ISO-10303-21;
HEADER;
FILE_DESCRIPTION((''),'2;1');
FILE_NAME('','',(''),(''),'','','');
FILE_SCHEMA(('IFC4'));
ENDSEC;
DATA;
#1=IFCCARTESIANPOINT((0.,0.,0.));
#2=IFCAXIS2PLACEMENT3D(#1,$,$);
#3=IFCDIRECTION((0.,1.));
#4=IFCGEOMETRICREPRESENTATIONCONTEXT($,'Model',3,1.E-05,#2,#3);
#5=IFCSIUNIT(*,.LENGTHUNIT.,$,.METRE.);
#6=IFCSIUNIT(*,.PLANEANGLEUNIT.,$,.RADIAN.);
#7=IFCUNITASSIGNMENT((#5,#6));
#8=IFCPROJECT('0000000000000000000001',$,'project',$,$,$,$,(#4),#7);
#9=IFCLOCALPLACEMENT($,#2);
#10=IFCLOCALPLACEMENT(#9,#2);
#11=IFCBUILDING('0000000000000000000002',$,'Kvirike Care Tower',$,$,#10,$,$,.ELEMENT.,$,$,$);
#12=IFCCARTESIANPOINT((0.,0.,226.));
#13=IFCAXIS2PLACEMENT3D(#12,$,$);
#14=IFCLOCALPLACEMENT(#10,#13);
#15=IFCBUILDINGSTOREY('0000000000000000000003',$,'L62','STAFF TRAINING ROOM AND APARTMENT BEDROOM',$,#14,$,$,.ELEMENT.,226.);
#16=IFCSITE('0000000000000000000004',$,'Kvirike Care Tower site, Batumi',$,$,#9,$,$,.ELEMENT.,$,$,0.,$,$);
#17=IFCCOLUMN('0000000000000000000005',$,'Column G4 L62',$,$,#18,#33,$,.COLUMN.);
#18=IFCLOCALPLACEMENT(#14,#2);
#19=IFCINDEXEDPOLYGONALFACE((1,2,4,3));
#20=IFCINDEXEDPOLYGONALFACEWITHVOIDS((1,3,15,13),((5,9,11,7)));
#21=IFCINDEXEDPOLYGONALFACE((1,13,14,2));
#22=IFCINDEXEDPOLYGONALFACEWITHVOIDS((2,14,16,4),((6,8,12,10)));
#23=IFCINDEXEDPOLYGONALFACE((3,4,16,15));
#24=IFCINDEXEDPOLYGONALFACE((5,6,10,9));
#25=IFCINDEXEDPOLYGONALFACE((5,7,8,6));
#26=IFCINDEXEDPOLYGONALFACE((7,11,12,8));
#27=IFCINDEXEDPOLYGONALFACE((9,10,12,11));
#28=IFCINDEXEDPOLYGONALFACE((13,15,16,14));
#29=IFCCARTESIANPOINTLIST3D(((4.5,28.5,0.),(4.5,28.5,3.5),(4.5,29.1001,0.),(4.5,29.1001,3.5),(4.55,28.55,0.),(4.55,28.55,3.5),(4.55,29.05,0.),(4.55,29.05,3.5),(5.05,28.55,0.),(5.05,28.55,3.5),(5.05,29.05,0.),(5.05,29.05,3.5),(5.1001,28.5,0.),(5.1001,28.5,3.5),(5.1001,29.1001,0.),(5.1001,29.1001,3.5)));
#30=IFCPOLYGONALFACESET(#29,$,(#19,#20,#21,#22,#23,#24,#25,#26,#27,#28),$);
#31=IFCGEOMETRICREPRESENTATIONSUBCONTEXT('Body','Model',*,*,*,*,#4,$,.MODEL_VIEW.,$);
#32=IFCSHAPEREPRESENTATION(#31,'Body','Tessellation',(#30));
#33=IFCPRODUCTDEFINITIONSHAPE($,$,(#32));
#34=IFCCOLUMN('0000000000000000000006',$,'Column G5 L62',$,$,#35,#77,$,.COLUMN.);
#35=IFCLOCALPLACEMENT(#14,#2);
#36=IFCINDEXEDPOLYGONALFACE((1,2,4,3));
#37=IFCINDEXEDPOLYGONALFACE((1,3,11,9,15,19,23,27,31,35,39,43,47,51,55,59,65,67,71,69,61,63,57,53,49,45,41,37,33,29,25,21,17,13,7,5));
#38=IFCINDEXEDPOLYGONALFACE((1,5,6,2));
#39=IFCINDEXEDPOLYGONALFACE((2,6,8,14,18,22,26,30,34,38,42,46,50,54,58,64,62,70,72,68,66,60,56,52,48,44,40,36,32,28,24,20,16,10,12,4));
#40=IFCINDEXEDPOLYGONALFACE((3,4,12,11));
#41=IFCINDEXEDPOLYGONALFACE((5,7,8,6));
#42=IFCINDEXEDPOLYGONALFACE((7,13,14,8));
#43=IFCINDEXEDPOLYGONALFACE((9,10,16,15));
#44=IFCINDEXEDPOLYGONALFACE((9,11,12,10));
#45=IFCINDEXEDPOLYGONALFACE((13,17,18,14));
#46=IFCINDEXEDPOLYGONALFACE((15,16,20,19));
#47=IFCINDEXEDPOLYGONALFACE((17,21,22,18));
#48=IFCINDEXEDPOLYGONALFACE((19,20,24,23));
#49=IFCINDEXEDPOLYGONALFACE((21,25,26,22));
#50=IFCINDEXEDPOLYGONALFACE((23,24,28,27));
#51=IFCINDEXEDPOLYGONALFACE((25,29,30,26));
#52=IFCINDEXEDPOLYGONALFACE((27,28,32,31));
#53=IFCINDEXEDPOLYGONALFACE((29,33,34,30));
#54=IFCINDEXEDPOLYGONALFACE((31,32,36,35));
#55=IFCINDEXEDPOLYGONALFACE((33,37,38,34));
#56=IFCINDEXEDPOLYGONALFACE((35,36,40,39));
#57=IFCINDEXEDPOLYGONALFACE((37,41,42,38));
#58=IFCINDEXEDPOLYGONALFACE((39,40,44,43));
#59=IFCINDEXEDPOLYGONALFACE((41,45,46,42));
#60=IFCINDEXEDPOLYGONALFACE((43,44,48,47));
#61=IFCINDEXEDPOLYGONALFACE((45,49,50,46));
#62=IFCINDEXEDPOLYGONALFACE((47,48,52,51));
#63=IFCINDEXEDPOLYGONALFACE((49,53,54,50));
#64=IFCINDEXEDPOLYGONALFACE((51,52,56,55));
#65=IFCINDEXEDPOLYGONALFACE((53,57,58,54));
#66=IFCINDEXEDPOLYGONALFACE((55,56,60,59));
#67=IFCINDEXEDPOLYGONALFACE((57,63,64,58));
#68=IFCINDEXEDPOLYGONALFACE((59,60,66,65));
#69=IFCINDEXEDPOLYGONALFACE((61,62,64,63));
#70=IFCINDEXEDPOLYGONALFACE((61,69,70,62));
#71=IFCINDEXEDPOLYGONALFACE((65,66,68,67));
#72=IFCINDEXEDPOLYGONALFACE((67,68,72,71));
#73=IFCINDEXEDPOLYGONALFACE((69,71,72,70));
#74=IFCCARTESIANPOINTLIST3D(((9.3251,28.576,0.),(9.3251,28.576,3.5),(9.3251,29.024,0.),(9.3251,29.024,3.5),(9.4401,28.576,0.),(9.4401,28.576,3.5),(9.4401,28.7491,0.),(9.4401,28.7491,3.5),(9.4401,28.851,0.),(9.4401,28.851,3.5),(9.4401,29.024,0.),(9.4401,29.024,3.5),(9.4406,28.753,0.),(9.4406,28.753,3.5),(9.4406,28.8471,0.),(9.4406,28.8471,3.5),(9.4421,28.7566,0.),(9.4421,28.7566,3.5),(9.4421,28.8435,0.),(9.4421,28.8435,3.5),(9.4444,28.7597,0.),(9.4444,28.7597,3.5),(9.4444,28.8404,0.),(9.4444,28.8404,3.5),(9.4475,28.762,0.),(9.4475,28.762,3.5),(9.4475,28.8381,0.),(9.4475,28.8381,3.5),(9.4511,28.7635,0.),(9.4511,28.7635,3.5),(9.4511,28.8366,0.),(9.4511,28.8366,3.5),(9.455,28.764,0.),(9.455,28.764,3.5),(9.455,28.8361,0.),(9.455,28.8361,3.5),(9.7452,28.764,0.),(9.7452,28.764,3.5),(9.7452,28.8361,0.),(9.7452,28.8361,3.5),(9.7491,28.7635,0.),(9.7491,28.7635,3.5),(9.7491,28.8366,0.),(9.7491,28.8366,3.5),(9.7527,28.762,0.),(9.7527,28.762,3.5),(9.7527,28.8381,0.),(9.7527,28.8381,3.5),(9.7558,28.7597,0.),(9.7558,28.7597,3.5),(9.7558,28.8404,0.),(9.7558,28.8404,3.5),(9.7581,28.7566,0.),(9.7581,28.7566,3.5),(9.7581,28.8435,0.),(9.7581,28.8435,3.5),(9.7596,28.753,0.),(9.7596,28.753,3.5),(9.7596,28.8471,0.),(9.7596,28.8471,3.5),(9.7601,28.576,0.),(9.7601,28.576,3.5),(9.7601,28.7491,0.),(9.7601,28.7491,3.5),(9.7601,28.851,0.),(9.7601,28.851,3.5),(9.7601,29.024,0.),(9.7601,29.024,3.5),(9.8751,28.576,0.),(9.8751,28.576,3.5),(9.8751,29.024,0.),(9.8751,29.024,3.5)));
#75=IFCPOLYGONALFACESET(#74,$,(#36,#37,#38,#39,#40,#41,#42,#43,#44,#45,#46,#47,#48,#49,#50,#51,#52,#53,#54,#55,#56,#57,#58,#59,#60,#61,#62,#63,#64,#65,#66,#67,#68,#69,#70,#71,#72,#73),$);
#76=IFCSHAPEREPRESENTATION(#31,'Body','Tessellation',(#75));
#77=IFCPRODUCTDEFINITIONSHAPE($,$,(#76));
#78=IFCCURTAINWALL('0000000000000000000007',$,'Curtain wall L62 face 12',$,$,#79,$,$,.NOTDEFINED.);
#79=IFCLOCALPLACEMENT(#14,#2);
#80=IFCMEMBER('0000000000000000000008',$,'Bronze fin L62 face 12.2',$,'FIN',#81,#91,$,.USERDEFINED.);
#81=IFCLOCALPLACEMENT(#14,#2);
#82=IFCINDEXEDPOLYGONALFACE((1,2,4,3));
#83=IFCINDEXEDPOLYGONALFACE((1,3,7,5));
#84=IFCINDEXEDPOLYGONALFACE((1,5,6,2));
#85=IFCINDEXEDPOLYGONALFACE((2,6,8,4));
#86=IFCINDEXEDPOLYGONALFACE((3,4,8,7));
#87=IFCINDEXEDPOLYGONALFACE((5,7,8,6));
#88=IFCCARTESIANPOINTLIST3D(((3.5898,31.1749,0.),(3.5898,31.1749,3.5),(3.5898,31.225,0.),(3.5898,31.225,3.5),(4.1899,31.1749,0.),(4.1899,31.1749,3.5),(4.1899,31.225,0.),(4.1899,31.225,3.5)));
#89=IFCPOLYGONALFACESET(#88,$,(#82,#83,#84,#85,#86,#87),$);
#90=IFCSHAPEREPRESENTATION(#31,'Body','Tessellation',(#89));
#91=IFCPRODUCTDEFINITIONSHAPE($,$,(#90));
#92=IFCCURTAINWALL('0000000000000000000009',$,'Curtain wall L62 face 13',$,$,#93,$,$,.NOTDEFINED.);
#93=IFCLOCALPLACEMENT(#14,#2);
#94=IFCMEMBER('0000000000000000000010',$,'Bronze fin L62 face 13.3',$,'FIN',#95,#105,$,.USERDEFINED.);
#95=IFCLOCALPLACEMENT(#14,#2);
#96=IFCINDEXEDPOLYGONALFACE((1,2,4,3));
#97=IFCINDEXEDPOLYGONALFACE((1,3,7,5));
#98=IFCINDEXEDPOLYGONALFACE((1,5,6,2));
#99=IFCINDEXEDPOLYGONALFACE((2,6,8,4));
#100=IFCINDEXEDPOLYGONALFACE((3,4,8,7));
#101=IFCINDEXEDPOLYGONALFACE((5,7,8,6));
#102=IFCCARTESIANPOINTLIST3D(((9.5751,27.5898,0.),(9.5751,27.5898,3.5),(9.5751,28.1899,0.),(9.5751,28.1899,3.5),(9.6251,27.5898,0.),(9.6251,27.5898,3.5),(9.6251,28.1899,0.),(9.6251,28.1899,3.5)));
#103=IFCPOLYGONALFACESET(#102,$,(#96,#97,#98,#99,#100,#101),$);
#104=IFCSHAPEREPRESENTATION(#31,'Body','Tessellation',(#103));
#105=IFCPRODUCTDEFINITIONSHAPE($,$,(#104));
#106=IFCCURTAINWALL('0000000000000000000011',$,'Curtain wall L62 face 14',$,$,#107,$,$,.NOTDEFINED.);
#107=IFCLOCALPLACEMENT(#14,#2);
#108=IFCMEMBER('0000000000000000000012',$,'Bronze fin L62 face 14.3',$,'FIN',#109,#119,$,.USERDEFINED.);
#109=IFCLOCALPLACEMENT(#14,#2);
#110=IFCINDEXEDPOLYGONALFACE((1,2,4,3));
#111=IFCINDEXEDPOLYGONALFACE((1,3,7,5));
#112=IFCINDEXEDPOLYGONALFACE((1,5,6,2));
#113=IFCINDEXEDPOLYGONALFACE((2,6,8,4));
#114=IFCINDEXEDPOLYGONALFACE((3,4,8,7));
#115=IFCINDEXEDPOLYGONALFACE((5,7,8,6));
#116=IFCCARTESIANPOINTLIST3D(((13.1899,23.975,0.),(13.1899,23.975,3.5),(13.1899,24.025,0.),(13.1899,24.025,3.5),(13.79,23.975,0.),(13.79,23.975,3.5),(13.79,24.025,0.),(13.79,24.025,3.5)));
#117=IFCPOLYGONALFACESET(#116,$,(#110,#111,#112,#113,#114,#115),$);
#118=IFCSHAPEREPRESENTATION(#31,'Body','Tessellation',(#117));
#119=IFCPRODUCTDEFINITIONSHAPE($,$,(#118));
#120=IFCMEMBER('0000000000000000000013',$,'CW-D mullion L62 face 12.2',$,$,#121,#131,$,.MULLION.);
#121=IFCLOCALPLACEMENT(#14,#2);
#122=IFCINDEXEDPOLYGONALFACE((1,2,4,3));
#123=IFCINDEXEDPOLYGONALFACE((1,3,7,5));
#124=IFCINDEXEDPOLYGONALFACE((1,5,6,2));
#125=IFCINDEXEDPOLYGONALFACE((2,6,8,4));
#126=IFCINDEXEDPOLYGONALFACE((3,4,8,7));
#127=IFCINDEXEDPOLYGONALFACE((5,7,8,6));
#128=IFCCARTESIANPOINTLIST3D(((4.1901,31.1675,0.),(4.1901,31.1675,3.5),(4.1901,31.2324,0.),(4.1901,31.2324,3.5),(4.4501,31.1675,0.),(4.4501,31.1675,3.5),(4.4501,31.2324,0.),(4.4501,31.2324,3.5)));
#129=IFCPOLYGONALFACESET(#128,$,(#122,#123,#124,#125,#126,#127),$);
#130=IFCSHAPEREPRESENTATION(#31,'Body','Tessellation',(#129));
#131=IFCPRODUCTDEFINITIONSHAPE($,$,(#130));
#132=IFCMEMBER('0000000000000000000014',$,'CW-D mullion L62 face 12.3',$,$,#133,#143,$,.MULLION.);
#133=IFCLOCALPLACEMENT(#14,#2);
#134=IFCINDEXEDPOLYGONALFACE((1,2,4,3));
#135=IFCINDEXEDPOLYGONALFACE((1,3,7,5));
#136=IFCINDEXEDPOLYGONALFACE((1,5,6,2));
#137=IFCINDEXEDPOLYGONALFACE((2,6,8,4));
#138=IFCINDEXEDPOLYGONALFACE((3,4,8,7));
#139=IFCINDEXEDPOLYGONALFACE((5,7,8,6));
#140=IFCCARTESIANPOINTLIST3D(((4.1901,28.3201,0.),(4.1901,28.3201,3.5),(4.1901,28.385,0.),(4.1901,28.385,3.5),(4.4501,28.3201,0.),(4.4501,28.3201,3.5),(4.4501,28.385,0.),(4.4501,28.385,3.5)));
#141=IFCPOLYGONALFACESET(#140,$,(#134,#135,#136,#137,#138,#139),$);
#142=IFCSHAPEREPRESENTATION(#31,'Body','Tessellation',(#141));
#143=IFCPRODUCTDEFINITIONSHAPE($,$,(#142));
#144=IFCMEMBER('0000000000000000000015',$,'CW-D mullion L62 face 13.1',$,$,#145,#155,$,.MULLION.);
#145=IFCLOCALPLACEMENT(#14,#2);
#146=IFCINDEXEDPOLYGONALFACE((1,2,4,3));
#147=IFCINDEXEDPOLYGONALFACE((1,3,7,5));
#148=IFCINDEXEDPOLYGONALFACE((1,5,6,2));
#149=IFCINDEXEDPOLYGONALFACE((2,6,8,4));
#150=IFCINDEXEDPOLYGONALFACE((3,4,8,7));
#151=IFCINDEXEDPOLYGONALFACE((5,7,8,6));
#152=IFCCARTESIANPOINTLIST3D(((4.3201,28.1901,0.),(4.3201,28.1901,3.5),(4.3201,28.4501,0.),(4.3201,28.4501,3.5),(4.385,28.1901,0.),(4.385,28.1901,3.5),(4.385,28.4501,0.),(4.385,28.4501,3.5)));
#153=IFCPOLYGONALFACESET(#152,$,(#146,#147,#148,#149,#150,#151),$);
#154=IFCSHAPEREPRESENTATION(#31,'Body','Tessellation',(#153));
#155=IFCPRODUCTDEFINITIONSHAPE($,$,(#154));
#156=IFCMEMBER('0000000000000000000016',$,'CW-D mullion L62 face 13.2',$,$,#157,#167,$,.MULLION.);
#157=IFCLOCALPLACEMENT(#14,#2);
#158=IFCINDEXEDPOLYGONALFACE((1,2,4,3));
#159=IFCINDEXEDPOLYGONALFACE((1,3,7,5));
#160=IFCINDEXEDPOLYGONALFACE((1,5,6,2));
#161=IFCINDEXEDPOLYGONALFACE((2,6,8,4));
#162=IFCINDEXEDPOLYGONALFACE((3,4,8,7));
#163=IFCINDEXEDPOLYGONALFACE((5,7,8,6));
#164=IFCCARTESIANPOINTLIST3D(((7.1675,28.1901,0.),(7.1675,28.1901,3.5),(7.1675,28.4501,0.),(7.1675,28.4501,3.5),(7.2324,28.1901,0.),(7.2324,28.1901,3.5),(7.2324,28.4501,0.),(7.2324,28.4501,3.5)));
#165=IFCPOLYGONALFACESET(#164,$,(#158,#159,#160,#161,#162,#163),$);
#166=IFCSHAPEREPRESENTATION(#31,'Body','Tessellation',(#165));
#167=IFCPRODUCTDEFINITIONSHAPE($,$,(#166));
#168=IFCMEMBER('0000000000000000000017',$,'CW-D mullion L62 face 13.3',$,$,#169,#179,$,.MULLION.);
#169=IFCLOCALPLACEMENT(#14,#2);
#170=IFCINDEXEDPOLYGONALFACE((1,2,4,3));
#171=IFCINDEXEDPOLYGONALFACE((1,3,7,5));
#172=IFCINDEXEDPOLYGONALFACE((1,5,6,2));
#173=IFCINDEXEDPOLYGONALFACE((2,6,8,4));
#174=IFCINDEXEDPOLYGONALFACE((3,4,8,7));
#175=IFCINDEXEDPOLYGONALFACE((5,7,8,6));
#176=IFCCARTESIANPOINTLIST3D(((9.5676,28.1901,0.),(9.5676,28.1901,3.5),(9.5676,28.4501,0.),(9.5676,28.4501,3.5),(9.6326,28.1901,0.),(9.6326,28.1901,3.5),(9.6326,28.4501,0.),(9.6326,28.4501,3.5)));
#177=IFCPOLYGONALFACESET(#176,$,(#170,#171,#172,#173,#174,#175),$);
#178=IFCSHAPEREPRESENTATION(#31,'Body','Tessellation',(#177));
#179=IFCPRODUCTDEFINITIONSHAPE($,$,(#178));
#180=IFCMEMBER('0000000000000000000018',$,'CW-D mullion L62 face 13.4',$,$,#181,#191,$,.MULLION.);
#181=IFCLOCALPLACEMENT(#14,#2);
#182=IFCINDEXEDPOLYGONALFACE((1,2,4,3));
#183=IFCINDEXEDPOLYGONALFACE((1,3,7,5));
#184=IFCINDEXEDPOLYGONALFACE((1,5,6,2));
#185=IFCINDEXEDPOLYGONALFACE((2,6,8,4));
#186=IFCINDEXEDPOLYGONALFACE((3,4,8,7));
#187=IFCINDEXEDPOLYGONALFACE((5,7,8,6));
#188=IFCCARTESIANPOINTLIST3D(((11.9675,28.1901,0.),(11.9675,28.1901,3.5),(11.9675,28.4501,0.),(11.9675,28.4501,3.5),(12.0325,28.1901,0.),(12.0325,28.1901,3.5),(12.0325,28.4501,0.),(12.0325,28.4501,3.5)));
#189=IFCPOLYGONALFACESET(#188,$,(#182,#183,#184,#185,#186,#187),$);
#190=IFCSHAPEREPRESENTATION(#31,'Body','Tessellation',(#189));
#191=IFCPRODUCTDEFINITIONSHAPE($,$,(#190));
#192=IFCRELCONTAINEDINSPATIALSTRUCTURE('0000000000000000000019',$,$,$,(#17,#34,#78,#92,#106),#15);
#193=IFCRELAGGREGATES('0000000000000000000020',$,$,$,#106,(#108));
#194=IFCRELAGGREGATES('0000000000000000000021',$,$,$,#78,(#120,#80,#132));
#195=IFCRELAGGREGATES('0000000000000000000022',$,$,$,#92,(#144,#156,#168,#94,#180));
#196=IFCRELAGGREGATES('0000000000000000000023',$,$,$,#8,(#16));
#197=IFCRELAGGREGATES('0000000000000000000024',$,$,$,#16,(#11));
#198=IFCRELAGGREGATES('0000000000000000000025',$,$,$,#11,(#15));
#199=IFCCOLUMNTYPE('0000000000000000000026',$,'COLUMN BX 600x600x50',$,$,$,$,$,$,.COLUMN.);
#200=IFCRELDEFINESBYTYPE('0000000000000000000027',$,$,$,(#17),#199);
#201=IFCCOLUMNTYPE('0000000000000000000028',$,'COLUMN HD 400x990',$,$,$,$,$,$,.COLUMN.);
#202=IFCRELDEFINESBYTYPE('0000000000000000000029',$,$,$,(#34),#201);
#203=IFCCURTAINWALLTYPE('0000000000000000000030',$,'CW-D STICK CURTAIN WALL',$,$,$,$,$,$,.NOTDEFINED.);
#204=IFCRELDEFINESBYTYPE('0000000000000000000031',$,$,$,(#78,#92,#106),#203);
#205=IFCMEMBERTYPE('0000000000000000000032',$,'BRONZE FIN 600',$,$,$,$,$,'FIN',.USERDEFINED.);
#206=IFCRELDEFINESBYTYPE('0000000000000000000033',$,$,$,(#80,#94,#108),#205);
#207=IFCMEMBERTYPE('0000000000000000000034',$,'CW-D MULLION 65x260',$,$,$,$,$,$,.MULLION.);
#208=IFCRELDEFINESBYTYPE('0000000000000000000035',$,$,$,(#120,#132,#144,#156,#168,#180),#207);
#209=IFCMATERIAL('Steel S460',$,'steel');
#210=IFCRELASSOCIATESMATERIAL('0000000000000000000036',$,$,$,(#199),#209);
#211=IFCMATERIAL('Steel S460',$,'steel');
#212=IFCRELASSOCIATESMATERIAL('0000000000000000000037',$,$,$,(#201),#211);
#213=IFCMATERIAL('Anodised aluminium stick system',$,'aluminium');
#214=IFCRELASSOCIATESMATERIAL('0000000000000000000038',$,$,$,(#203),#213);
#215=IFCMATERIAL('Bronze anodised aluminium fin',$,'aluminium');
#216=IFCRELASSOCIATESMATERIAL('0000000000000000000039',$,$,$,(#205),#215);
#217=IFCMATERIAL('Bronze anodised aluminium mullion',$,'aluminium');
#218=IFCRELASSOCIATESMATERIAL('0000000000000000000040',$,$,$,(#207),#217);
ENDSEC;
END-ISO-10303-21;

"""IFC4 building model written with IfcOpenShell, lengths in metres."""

from ifc_helpers import new_model, si_unit, direction, frame, origin, origin_2d, place, context, subcontext, project, spatial, rectangle, hollow_rectangle, i_section, extrude, material, material_profile, profile_set, type_object, element, aggregate, save


model = new_model("IFC4")

# Units and contexts
model_context = context("Model", 3, precision=1e-05, world=origin(), true_north=direction((0.0, 1.0)))
body_context = subcontext(model_context, "Body", "Model", "MODEL_VIEW")
ifc_project = project(units=[si_unit("LENGTHUNIT", "METRE"), si_unit("PLANEANGLEUNIT", "RADIAN")], contexts=[model_context])

# Site, building, storey
site_placement = place(None, origin())
site = spatial("IfcSite", under=ifc_project, at=site_placement, Name="Kvirike Care Tower site, Batumi", CompositionType="ELEMENT", RefElevation=0.0)
building_placement = place(site_placement, origin())
building = spatial("IfcBuilding", under=site, at=building_placement, Name="Kvirike Care Tower", CompositionType="ELEMENT")
storey_placement = place(building_placement, frame((0.0, 0.0, 226.0)))
storey = spatial("IfcBuildingStorey", under=building, at=storey_placement, Name="L62", Description="STAFF TRAINING ROOM AND APARTMENT BEDROOM", CompositionType="ELEMENT", Elevation=226.0)

# Columns
ifc_material_1 = material(Name="Steel S460", Category="steel")
ifc_material_profile_1 = material_profile(ifc_material_1, hollow_rectangle(XDim=0.6001, YDim=0.6001, WallThickness=0.05, at=origin_2d()), Name="BX 600x600x50")
ifc_profile_set_1 = profile_set([ifc_material_profile_1], Name="Steel S460")
column_type_1 = type_object("IfcColumnType", Name="COLUMN BX 600x600x50", PredefinedType="COLUMN", material=ifc_profile_set_1)
column_1_placement = place(storey_placement, frame((4.8, 28.8, 0.0), z_axis=(0.0, 0.0, 1.0), x_axis=(0.0, 1.0, 0.0)))
element("IfcColumn", 1, at=column_1_placement, inside=storey, type_object=column_type_1, Name="Column G4 L62", PredefinedType="COLUMN", context=body_context, shape_type="SweptSolid", body=[
    extrude(hollow_rectangle(XDim=0.6001, YDim=0.6001, WallThickness=0.05, at=origin_2d()), origin(), (0.0, 0.0, 1.0), 3.5),
])
ifc_material_2 = material(Name="Steel S460", Category="steel")
ifc_material_profile_2 = material_profile(ifc_material_2, i_section(OverallWidth=0.448, OverallDepth=0.55, WebThickness=0.072, FlangeThickness=0.115, FilletRadius=0.0149, at=origin_2d()), Name="HD 400x990")
ifc_profile_set_2 = profile_set([ifc_material_profile_2], Name="Steel S460")
column_type_2 = type_object("IfcColumnType", Name="COLUMN HD 400x990", PredefinedType="COLUMN", material=ifc_profile_set_2)
column_2_placement = place(storey_placement, frame((9.6001, 28.8, 0.0), z_axis=(0.0, 0.0, 1.0), x_axis=(0.0, 1.0, 0.0)))
element("IfcColumn", 2, at=column_2_placement, inside=storey, type_object=column_type_2, Name="Column G5 L62", PredefinedType="COLUMN", context=body_context, shape_type="SweptSolid", body=[
    extrude(i_section(OverallWidth=0.448, OverallDepth=0.55, WebThickness=0.072, FlangeThickness=0.115, FilletRadius=0.0149, at=origin_2d()), origin(), (0.0, 0.0, 1.0), 3.5),
])

# Curtain walls, members
ifc_material_3 = material(Name="Anodised aluminium stick system", Category="aluminium")
curtain_wall_type = type_object("IfcCurtainWallType", Name="CW-D STICK CURTAIN WALL", PredefinedType="NOTDEFINED", material=ifc_material_3)
curtain_wall_1_placement = place(storey_placement, origin())
curtain_wall_1 = element("IfcCurtainWall", 3, at=curtain_wall_1_placement, inside=storey, type_object=curtain_wall_type, Name="Curtain wall L62 face 12", PredefinedType="NOTDEFINED")
ifc_material_4 = material(Name="Bronze anodised aluminium fin", Category="aluminium")
ifc_material_profile_3 = material_profile(ifc_material_4, rectangle(XDim=0.05, YDim=0.6001, at=origin_2d()), Name="BRONZE FIN 600")
ifc_profile_set_3 = profile_set([ifc_material_profile_3], Name="Bronze anodised aluminium fin")
member_type_1 = type_object("IfcMemberType", Name="BRONZE FIN 600", ElementType="FIN", PredefinedType="USERDEFINED", material=ifc_profile_set_3)
member_1_placement = place(storey_placement, frame((3.8899, 31.2, 0.0), z_axis=(0.0, 0.0, 1.0), x_axis=(0.0, -1.0, 0.0)))
member_1 = element("IfcMember", 4, at=member_1_placement, type_object=member_type_1, Name="Bronze fin L62 face 12.2", ObjectType="FIN", PredefinedType="USERDEFINED", context=body_context, shape_type="SweptSolid", body=[
    extrude(rectangle(XDim=0.05, YDim=0.6001, at=origin_2d()), origin(), (0.0, 0.0, 1.0), 3.5),
])
curtain_wall_2_placement = place(storey_placement, origin())
curtain_wall_2 = element("IfcCurtainWall", 5, at=curtain_wall_2_placement, inside=storey, type_object=curtain_wall_type, Name="Curtain wall L62 face 13", PredefinedType="NOTDEFINED")
member_2_placement = place(storey_placement, frame((9.6001, 27.8899, 0.0), z_axis=(0.0, 0.0, 1.0), x_axis=(1.0, 0.0, 0.0)))
member_2 = element("IfcMember", 6, at=member_2_placement, type_object=member_type_1, Name="Bronze fin L62 face 13.3", ObjectType="FIN", PredefinedType="USERDEFINED", context=body_context, shape_type="SweptSolid", body=[
    extrude(rectangle(XDim=0.05, YDim=0.6001, at=origin_2d()), origin(), (0.0, 0.0, 1.0), 3.5),
])
curtain_wall_3_placement = place(storey_placement, origin())
curtain_wall_3 = element("IfcCurtainWall", 7, at=curtain_wall_3_placement, inside=storey, type_object=curtain_wall_type, Name="Curtain wall L62 face 14", PredefinedType="NOTDEFINED")
member_3_placement = place(storey_placement, frame((13.49, 24.0, 0.0), z_axis=(0.0, 0.0, 1.0), x_axis=(0.0, -1.0, 0.0)))
member_3 = element("IfcMember", 8, at=member_3_placement, type_object=member_type_1, Name="Bronze fin L62 face 14.3", ObjectType="FIN", PredefinedType="USERDEFINED", context=body_context, shape_type="SweptSolid", body=[
    extrude(rectangle(XDim=0.05, YDim=0.6001, at=origin_2d()), origin(), (0.0, 0.0, 1.0), 3.5),
])
aggregate(curtain_wall_3, [member_3])

# Members
ifc_material_5 = material(Name="Bronze anodised aluminium mullion", Category="aluminium")
ifc_material_profile_4 = material_profile(ifc_material_5, rectangle(XDim=0.0649, YDim=0.26, at=origin_2d()), Name="CW-D MULLION 65x260")
ifc_profile_set_4 = profile_set([ifc_material_profile_4], Name="Bronze anodised aluminium mullion")
member_type_2 = type_object("IfcMemberType", Name="CW-D MULLION 65x260", PredefinedType="MULLION", material=ifc_profile_set_4)
member_4_placement = place(storey_placement, frame((4.3201, 31.2, 0.0), z_axis=(0.0, 0.0, 1.0), x_axis=(0.0, -1.0, 0.0)))
member_4 = element("IfcMember", 9, at=member_4_placement, type_object=member_type_2, Name="CW-D mullion L62 face 12.2", PredefinedType="MULLION", context=body_context, shape_type="SweptSolid", body=[
    extrude(rectangle(XDim=0.0649, YDim=0.26, at=origin_2d()), origin(), (0.0, 0.0, 1.0), 3.5),
])
member_5_placement = place(storey_placement, frame((4.3201, 28.3525, 0.0), z_axis=(0.0, 0.0, 1.0), x_axis=(0.0, -1.0, 0.0)))
member_5 = element("IfcMember", 10, at=member_5_placement, type_object=member_type_2, Name="CW-D mullion L62 face 12.3", PredefinedType="MULLION", context=body_context, shape_type="SweptSolid", body=[
    extrude(rectangle(XDim=0.0649, YDim=0.26, at=origin_2d()), origin(), (0.0, 0.0, 1.0), 3.5),
])
member_6_placement = place(storey_placement, frame((4.3525, 28.3201, 0.0), z_axis=(0.0, 0.0, 1.0), x_axis=(1.0, 0.0, 0.0)))
member_6 = element("IfcMember", 11, at=member_6_placement, type_object=member_type_2, Name="CW-D mullion L62 face 13.1", PredefinedType="MULLION", context=body_context, shape_type="SweptSolid", body=[
    extrude(rectangle(XDim=0.0649, YDim=0.26, at=origin_2d()), origin(), (0.0, 0.0, 1.0), 3.5),
])
member_7_placement = place(storey_placement, frame((7.2, 28.3201, 0.0), z_axis=(0.0, 0.0, 1.0), x_axis=(1.0, 0.0, 0.0)))
member_7 = element("IfcMember", 12, at=member_7_placement, type_object=member_type_2, Name="CW-D mullion L62 face 13.2", PredefinedType="MULLION", context=body_context, shape_type="SweptSolid", body=[
    extrude(rectangle(XDim=0.0649, YDim=0.26, at=origin_2d()), origin(), (0.0, 0.0, 1.0), 3.5),
])
member_8_placement = place(storey_placement, frame((9.6001, 28.3201, 0.0), z_axis=(0.0, 0.0, 1.0), x_axis=(1.0, 0.0, 0.0)))
member_8 = element("IfcMember", 13, at=member_8_placement, type_object=member_type_2, Name="CW-D mullion L62 face 13.3", PredefinedType="MULLION", context=body_context, shape_type="SweptSolid", body=[
    extrude(rectangle(XDim=0.0649, YDim=0.26, at=origin_2d()), origin(), (0.0, 0.0, 1.0), 3.5),
])
member_9_placement = place(storey_placement, frame((12.0, 28.3201, 0.0), z_axis=(0.0, 0.0, 1.0), x_axis=(1.0, 0.0, 0.0)))
member_9 = element("IfcMember", 14, at=member_9_placement, type_object=member_type_2, Name="CW-D mullion L62 face 13.4", PredefinedType="MULLION", context=body_context, shape_type="SweptSolid", body=[
    extrude(rectangle(XDim=0.0649, YDim=0.26, at=origin_2d()), origin(), (0.0, 0.0, 1.0), 3.5),
])

aggregate(curtain_wall_1, [member_4, member_1, member_5])
aggregate(curtain_wall_2, [member_6, member_7, member_8, member_2, member_9])

save(model, "model.ifc")
